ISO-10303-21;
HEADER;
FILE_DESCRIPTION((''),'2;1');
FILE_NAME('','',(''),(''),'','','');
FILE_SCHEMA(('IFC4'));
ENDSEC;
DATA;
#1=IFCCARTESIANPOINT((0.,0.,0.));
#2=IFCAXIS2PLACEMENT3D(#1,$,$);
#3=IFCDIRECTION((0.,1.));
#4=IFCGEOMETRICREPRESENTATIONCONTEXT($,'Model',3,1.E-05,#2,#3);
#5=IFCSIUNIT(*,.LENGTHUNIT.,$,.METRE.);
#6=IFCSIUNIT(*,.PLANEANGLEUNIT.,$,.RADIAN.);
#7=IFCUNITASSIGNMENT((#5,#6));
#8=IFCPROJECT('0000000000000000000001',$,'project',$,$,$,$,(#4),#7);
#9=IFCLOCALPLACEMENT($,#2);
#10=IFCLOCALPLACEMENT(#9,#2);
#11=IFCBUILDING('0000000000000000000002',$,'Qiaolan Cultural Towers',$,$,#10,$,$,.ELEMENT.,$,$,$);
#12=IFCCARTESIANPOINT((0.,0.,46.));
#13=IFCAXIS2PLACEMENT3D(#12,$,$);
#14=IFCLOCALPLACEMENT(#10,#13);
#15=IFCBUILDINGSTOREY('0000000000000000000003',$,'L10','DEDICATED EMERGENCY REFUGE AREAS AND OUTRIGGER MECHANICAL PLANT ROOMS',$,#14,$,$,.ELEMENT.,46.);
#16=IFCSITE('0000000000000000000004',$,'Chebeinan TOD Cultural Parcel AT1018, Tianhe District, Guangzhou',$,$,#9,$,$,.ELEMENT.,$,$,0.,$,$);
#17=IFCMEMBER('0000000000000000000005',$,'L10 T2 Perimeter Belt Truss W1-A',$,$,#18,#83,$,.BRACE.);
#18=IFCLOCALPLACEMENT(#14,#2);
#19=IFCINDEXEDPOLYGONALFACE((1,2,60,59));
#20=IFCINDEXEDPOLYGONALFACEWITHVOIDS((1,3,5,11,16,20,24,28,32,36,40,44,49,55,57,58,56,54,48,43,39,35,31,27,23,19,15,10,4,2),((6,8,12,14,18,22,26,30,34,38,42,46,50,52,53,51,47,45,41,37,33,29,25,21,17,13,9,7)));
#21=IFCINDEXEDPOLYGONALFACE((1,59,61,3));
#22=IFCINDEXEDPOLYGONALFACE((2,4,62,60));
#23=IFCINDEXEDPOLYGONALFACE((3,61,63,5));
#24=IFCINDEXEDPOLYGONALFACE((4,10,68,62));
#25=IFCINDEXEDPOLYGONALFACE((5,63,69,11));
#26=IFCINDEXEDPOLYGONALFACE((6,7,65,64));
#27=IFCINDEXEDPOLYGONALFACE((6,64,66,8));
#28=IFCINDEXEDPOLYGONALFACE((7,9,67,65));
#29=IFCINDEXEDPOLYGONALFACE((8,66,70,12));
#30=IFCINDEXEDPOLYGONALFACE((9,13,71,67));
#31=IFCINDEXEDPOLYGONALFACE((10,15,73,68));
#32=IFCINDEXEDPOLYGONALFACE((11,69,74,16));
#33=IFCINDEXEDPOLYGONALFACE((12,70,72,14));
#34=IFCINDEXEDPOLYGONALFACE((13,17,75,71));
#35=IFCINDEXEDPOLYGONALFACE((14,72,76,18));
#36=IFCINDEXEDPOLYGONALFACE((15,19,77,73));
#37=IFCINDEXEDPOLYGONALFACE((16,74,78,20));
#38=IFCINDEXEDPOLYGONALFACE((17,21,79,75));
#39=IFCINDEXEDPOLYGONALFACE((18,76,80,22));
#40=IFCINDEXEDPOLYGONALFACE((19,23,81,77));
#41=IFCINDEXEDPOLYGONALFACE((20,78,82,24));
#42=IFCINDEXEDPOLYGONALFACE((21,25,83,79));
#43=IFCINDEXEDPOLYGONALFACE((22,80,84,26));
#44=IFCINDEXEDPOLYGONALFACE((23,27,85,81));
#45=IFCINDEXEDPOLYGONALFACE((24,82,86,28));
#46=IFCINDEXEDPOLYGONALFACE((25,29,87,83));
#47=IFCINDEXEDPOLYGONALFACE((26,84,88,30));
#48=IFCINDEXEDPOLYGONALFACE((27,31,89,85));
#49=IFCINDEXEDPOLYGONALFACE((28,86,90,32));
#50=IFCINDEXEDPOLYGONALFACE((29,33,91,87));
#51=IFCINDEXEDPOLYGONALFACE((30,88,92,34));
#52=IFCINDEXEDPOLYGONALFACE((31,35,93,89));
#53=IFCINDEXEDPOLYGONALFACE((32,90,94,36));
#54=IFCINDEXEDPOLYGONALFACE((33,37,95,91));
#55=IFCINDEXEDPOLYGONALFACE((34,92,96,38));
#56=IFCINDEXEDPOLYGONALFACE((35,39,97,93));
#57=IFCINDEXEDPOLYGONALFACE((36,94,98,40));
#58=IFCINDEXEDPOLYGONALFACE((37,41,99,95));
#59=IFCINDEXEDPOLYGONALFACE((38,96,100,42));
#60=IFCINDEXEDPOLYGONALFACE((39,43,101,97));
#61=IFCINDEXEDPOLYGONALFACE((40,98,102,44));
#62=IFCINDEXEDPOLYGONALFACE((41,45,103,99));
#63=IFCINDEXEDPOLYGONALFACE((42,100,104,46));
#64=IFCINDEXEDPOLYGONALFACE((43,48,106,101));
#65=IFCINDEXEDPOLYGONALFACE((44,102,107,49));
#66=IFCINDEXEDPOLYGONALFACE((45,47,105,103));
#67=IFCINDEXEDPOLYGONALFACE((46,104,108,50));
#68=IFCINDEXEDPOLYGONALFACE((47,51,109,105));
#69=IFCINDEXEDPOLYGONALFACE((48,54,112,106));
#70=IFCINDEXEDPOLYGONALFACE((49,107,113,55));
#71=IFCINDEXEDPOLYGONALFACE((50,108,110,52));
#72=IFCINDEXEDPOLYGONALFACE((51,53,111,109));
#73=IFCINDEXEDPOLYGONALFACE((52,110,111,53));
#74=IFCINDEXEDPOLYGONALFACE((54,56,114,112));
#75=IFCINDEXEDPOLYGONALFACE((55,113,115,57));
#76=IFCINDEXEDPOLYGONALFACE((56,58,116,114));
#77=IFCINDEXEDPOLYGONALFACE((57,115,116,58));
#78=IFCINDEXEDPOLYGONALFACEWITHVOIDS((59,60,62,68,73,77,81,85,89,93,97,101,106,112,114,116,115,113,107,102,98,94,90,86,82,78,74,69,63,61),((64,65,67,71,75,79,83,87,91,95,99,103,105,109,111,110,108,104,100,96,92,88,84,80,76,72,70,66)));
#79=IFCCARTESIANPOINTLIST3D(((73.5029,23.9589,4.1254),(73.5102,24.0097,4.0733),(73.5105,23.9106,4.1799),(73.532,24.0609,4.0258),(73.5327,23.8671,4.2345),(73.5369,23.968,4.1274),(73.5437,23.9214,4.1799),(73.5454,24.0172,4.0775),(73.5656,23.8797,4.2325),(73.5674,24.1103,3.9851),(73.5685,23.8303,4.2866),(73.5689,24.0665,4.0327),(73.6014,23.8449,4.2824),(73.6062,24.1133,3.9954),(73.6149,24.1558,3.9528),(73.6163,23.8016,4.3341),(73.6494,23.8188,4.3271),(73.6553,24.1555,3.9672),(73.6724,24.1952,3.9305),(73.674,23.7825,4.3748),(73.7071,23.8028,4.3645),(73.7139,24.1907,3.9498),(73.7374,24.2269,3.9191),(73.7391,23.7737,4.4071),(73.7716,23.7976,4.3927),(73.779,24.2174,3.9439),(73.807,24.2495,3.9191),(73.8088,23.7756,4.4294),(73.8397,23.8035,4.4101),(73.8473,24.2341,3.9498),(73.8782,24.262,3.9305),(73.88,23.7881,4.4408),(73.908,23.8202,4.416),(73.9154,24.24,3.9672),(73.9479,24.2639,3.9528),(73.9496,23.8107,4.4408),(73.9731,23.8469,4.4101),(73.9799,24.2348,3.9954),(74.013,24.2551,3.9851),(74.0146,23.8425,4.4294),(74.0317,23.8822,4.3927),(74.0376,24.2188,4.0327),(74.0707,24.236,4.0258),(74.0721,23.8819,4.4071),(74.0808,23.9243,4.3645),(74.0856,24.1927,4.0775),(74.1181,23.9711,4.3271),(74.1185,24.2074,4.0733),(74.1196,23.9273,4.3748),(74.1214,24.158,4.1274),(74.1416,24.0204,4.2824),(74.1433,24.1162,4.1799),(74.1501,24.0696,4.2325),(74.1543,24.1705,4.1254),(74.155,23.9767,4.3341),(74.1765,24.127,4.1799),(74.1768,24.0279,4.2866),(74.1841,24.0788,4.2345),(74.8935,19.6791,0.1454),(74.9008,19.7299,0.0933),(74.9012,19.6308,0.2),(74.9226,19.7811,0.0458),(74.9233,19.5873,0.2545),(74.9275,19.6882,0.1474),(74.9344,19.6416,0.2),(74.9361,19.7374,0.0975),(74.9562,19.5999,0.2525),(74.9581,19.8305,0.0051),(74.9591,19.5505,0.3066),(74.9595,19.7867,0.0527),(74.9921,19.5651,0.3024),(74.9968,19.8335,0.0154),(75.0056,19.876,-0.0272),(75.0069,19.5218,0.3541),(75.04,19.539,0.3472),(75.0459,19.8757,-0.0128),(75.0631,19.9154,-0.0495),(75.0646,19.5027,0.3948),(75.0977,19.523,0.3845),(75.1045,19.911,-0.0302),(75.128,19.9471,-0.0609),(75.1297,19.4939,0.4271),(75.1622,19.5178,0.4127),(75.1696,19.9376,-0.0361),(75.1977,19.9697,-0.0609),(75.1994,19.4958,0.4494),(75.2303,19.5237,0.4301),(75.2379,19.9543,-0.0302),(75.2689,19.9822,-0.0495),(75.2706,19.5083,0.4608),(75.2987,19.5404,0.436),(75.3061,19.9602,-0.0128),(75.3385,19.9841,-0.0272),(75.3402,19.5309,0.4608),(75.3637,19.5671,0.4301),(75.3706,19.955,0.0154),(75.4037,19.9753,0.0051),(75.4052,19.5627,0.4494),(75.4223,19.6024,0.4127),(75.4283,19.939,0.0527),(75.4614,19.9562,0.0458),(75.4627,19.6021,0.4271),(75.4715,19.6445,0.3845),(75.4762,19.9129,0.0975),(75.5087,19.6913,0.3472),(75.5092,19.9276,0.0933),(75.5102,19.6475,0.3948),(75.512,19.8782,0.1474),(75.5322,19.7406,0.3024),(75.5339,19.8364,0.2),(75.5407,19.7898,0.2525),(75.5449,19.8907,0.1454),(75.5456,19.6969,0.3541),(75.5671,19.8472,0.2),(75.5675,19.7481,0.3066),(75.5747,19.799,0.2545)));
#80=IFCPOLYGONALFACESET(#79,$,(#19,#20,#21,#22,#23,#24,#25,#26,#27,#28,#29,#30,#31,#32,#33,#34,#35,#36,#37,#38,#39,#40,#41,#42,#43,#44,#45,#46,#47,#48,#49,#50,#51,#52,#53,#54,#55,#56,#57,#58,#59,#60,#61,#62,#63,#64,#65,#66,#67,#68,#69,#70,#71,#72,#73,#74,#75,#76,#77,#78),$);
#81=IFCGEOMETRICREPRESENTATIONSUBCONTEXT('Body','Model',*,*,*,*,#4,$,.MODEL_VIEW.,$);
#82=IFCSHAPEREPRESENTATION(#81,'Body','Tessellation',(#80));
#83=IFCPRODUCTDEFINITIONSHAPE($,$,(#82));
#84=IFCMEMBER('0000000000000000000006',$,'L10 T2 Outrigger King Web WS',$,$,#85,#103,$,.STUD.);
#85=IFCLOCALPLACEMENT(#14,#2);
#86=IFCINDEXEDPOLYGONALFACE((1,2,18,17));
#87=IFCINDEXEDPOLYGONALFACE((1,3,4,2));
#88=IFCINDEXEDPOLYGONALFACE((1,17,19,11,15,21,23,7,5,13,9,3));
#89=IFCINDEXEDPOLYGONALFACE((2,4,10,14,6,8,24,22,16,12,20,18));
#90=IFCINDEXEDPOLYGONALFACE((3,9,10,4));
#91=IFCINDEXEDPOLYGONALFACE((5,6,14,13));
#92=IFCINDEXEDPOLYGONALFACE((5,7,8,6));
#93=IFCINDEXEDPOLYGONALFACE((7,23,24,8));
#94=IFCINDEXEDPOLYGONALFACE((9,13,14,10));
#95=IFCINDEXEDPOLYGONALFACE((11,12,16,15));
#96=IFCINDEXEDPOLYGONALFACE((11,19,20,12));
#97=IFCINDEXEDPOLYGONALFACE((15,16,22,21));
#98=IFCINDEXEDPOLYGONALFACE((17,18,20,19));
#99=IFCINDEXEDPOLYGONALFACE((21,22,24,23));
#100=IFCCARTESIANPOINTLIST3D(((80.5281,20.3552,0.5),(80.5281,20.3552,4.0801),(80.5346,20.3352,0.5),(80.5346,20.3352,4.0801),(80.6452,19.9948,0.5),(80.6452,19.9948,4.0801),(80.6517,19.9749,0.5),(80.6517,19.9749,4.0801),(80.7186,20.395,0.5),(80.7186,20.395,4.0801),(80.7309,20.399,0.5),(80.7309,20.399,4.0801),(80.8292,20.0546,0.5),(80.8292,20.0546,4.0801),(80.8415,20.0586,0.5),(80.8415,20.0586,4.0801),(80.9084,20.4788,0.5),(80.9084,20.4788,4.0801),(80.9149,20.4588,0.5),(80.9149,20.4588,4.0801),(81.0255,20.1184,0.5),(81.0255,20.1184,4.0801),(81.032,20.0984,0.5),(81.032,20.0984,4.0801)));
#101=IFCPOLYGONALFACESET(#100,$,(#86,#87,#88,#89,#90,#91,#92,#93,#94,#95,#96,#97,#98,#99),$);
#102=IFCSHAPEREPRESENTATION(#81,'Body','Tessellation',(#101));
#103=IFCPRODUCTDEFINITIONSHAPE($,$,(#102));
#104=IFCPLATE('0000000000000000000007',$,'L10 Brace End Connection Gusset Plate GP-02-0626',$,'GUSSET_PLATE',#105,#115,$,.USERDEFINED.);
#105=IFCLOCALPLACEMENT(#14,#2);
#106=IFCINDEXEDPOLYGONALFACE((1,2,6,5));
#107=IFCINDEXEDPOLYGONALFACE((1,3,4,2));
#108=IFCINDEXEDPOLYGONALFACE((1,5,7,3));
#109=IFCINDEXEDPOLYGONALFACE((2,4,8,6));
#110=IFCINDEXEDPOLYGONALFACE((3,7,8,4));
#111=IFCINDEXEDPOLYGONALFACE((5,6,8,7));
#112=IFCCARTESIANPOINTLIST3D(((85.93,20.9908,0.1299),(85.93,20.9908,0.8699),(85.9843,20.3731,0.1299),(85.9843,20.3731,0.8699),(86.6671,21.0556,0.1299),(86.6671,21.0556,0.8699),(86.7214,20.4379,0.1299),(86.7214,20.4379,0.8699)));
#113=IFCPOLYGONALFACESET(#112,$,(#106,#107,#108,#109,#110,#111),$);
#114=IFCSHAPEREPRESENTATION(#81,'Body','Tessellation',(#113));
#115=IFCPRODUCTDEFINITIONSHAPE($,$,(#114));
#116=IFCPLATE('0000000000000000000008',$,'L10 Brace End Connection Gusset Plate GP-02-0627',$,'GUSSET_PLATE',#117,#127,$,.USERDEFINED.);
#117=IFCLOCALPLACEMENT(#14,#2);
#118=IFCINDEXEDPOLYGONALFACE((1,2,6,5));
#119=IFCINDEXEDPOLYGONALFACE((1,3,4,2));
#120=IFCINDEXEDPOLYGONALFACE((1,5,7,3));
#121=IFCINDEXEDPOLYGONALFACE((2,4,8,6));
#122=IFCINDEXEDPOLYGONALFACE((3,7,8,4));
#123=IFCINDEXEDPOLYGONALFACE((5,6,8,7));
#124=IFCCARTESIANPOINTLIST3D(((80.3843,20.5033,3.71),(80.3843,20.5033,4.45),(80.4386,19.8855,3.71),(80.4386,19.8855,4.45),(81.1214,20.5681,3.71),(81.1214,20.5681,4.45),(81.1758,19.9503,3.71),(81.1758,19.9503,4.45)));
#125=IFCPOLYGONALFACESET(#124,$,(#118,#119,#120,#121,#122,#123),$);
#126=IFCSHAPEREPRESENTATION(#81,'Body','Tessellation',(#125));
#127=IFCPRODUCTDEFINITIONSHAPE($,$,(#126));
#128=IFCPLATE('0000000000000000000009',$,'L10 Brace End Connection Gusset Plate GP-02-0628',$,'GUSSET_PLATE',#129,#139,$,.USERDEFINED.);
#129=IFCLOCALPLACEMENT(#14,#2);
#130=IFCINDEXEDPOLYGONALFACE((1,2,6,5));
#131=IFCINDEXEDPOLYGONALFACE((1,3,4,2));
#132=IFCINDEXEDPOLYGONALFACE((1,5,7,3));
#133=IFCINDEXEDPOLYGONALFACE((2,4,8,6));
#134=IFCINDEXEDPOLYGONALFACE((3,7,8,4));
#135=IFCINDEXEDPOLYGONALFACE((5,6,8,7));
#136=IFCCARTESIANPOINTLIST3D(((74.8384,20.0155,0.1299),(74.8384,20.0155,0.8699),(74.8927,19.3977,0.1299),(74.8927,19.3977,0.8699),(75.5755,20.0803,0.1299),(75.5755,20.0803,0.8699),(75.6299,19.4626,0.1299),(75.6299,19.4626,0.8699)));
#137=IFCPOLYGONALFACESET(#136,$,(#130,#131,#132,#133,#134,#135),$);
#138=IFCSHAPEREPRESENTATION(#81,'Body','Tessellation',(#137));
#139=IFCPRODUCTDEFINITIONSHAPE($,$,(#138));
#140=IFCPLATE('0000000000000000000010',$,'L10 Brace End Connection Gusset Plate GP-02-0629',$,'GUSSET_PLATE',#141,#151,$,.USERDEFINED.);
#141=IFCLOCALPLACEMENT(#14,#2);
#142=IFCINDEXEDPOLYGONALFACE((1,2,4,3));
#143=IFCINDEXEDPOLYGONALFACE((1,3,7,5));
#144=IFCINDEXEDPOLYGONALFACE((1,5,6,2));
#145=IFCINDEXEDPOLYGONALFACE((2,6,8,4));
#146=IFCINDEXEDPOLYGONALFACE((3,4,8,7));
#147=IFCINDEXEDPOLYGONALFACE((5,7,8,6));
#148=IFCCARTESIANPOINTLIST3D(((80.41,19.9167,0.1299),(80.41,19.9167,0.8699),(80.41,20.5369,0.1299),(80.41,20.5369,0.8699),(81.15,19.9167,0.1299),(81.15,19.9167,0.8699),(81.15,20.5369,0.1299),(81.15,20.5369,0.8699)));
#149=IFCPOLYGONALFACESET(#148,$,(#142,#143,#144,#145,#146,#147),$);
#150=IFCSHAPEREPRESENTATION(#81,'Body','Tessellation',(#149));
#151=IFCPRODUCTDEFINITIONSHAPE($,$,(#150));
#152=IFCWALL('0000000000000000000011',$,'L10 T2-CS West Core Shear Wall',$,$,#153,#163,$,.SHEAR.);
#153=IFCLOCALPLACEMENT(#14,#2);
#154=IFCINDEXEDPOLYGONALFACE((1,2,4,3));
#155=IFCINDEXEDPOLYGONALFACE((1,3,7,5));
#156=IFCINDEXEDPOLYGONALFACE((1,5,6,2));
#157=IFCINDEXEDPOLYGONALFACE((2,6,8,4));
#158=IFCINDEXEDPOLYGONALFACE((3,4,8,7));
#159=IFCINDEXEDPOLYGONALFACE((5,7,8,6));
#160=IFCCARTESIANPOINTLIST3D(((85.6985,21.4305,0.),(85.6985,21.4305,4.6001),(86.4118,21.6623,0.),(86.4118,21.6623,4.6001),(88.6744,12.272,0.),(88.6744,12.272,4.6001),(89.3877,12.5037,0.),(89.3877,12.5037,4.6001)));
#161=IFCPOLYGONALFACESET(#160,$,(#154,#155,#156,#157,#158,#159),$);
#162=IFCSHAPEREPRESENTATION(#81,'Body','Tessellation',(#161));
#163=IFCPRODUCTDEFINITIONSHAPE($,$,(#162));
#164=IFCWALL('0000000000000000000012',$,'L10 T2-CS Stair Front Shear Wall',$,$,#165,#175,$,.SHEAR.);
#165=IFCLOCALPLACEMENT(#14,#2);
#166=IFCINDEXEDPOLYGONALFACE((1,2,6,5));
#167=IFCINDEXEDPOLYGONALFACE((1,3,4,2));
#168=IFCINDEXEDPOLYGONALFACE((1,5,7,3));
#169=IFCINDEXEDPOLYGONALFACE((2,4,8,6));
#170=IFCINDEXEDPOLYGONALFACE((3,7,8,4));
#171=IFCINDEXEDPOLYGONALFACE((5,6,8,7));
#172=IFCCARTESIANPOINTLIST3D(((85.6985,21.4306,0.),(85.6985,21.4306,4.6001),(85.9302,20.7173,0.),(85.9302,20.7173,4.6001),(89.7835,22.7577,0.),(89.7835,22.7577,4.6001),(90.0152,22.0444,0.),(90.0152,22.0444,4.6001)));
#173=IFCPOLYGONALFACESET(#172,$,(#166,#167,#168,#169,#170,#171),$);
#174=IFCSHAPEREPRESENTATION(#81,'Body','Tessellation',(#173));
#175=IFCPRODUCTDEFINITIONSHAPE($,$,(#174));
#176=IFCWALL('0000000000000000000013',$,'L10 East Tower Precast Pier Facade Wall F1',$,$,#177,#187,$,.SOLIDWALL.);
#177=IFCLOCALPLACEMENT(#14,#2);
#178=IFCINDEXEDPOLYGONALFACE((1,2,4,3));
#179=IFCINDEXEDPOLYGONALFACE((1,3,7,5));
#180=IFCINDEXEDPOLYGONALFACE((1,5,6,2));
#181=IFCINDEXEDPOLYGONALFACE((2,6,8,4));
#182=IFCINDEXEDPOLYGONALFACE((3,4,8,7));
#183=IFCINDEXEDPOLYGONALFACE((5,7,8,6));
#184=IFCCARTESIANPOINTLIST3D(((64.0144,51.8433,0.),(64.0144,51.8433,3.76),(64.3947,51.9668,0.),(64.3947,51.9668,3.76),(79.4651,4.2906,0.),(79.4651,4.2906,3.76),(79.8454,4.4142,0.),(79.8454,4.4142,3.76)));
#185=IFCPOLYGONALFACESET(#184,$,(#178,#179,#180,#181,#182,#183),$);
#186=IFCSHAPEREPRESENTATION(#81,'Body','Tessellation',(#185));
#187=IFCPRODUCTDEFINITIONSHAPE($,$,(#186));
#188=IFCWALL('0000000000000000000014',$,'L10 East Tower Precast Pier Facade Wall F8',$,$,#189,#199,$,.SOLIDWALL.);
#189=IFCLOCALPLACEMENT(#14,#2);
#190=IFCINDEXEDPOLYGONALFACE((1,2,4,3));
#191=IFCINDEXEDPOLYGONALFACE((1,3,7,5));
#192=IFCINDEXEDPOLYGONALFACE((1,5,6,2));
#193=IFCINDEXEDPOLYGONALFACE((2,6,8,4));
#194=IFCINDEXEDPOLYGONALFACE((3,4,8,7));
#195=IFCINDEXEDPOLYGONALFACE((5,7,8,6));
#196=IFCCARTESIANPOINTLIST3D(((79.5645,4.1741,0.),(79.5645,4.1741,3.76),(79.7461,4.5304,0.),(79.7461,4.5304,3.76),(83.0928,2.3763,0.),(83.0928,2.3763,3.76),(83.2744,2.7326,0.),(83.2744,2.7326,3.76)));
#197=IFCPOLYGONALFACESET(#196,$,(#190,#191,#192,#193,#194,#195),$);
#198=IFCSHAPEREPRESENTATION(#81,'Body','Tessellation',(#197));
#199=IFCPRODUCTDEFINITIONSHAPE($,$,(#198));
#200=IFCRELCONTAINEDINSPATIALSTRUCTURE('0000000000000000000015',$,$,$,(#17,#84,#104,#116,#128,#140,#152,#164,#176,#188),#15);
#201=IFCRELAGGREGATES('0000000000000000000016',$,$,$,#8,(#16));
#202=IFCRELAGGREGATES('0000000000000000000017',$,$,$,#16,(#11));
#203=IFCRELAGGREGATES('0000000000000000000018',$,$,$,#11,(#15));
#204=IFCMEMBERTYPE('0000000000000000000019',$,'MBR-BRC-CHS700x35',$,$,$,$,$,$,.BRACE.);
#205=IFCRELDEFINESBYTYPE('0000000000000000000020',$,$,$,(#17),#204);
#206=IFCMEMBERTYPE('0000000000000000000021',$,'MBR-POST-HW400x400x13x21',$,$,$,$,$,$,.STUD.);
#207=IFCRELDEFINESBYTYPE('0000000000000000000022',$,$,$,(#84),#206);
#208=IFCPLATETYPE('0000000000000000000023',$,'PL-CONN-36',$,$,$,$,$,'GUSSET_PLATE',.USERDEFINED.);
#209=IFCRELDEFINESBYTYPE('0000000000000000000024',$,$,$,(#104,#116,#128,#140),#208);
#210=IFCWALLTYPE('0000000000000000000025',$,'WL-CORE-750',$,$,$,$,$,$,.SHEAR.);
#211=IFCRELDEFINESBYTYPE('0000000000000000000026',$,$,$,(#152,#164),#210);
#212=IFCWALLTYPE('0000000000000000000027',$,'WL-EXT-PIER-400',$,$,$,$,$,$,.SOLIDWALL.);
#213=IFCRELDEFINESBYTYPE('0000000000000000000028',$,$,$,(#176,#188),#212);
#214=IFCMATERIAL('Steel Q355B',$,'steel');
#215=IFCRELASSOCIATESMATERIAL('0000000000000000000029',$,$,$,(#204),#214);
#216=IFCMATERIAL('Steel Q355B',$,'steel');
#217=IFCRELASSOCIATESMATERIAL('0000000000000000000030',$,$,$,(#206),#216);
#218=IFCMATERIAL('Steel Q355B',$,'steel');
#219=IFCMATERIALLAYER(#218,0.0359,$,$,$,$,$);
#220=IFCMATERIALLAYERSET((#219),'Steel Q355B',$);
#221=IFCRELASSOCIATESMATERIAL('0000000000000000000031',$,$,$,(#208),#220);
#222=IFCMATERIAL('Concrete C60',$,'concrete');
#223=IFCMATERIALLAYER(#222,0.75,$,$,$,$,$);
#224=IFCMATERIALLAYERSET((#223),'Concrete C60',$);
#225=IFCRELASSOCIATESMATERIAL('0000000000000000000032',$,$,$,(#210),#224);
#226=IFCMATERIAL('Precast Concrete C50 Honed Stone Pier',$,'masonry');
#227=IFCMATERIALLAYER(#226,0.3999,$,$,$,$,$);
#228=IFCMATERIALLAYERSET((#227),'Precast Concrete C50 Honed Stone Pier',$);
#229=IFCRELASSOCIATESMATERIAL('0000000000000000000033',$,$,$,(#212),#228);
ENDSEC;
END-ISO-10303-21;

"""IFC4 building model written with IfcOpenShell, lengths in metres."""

from ifc_helpers import new_model, si_unit, direction, frame, frame_2d, origin, origin_2d, place, context, subcontext, project, spatial, rectangle, hollow_circle, i_section, extrude, material, layer, layer_set, material_profile, profile_set, type_object, element, save


model = new_model("IFC4")

# Units and contexts
model_context = context("Model", 3, precision=1e-05, world=origin(), true_north=direction((0.0, 1.0)))
body_context = subcontext(model_context, "Body", "Model", "MODEL_VIEW")
ifc_project = project(units=[si_unit("LENGTHUNIT", "METRE"), si_unit("PLANEANGLEUNIT", "RADIAN")], contexts=[model_context])

# Site, building, storey
site_placement = place(None, origin())
site = spatial("IfcSite", under=ifc_project, at=site_placement, Name="Chebeinan TOD Cultural Parcel AT1018, Tianhe District, Guangzhou", CompositionType="ELEMENT", RefElevation=0.0)
building_placement = place(site_placement, origin())
building = spatial("IfcBuilding", under=site, at=building_placement, Name="Qiaolan Cultural Towers", CompositionType="ELEMENT")
storey_placement = place(building_placement, frame((0.0, 0.0, 46.0)))
storey = spatial("IfcBuildingStorey", under=building, at=storey_placement, Name="L10", Description="DEDICATED EMERGENCY REFUGE AREAS AND OUTRIGGER MECHANICAL PLANT ROOMS", CompositionType="ELEMENT", Elevation=46.0)

# Members
ifc_material_1 = material(Name="Steel Q355B", Category="steel")
ifc_material_profile_1 = material_profile(ifc_material_1, hollow_circle(Radius=0.3501, WallThickness=0.0349, at=origin_2d()), Name="CHS700x35")
ifc_profile_set_1 = profile_set([ifc_material_profile_1], Name="Steel Q355B")
member_type_1 = type_object("IfcMemberType", Name="MBR-BRC-CHS700x35", PredefinedType="BRACE", material=ifc_profile_set_1)
member_1_placement = place(storey_placement, frame((75.2341, 19.739, 0.2), z_axis=(-0.23148, 0.712401, 0.662497), x_axis=(-0.951054, -0.309025, 0.0)))
element("IfcMember", 1, at=member_1_placement, inside=storey, type_object=member_type_1, Name="L10 T2 Perimeter Belt Truss W1-A", PredefinedType="BRACE", context=body_context, shape_type="SweptSolid", body=[
    extrude(hollow_circle(Radius=0.3501, WallThickness=0.0349, at=origin_2d()), origin(), (0.0, 0.0, 1.0), 6.0076),
])
ifc_material_2 = material(Name="Steel Q355B", Category="steel")
ifc_material_profile_2 = material_profile(ifc_material_2, i_section(OverallWidth=0.3999, OverallDepth=0.3999, WebThickness=0.0129, FlangeThickness=0.021, at=origin_2d()), Name="HW400x400x13x21")
ifc_profile_set_2 = profile_set([ifc_material_profile_2], Name="Steel Q355B")
member_type_2 = type_object("IfcMemberType", Name="MBR-POST-HW400x400x13x21", PredefinedType="STUD", material=ifc_profile_set_2)
member_2_placement = place(storey_placement, frame((80.78, 20.2268, 0.5), z_axis=(0.0, 0.0, 1.0), x_axis=(0.951057, 0.309017, 0.0)))
element("IfcMember", 2, at=member_2_placement, inside=storey, type_object=member_type_2, Name="L10 T2 Outrigger King Web WS", PredefinedType="STUD", context=body_context, shape_type="SweptSolid", body=[
    extrude(i_section(OverallWidth=0.3999, OverallDepth=0.3999, WebThickness=0.0129, FlangeThickness=0.021, at=origin_2d()), origin(), (0.0, 0.0, 1.0), 3.5801),
])

# Plates
ifc_material_3 = material(Name="Steel Q355B", Category="steel")
ifc_layer_1 = layer(ifc_material_3, 0.0359)
ifc_layer_set_1 = layer_set([ifc_layer_1], Name="Steel Q355B")
plate_type = type_object("IfcPlateType", Name="PL-CONN-36", ElementType="GUSSET_PLATE", PredefinedType="USERDEFINED", material=ifc_layer_set_1)
for number, where, z_axis, x_axis, name in (
    (3, (86.3257, 20.7144, 0.1299), (0.0, 0.0, 1.0), (0.996157, 0.087585, 0.0), "L10 Brace End Connection Gusset Plate GP-02-0626"),
    (4, (80.78, 20.2268, 3.71), (0.0, 0.0, 1.0), (0.996157, 0.087585, 0.0), "L10 Brace End Connection Gusset Plate GP-02-0627"),
    (5, (75.2341, 19.739, 0.1299), (0.0, 0.0, 1.0), (0.996157, 0.087585, 0.0), "L10 Brace End Connection Gusset Plate GP-02-0628"),
    (6, (80.78, 20.2268, 0.1299), (0.0, 0.0, 1.0), (1.0, 0.0, 0.0), "L10 Brace End Connection Gusset Plate GP-02-0629"),
):
    element("IfcPlate", number, at=place(storey_placement, frame(where, z_axis=z_axis, x_axis=x_axis)), inside=storey, type_object=plate_type, Name=name, ObjectType="GUSSET_PLATE", PredefinedType="USERDEFINED", context=body_context, shape_type="SweptSolid", body=[
        extrude(rectangle(XDim=0.74, YDim=0.6201, at=origin_2d()), origin(), (0.0, 0.0, 1.0), 0.74),
    ])

# Walls
ifc_material_4 = material(Name="Concrete C60", Category="concrete")
ifc_layer_2 = layer(ifc_material_4, 0.75)
ifc_layer_set_2 = layer_set([ifc_layer_2], Name="Concrete C60")
wall_type_1 = type_object("IfcWallType", Name="WL-CORE-750", PredefinedType="SHEAR", material=ifc_layer_set_2)
wall_1_placement = place(storey_placement, frame((86.0552, 21.5464, 0.0), z_axis=(0.0, 0.0, 1.0), x_axis=(0.309024, -0.951054, 0.0)))
element("IfcWall", 7, at=wall_1_placement, inside=storey, type_object=wall_type_1, Name="L10 T2-CS West Core Shear Wall", PredefinedType="SHEAR", context=body_context, shape_type="SweptSolid", body=[
    extrude(rectangle(XDim=9.6299, YDim=0.75, at=frame_2d((4.8149, 0.0))), origin(), (0.0, 0.0, 1.0), 4.6001),
])
wall_2_placement = place(storey_placement, frame((85.8145, 21.074, 0.0), z_axis=(0.0, 0.0, 1.0), x_axis=(0.951066, 0.308988, 0.0)))
element("IfcWall", 8, at=wall_2_placement, inside=storey, type_object=wall_type_1, Name="L10 T2-CS Stair Front Shear Wall", PredefinedType="SHEAR", context=body_context, shape_type="SweptSolid", body=[
    extrude(rectangle(XDim=4.2952, YDim=0.75, at=frame_2d((2.1475, 0.0))), origin(), (0.0, 0.0, 1.0), 4.6001),
])
ifc_material_5 = material(Name="Precast Concrete C50 Honed Stone Pier", Category="masonry")
ifc_layer_3 = layer(ifc_material_5, 0.3999)
ifc_layer_set_3 = layer_set([ifc_layer_3], Name="Precast Concrete C50 Honed Stone Pier")
wall_type_2 = type_object("IfcWallType", Name="WL-EXT-PIER-400", PredefinedType="SOLIDWALL", material=ifc_layer_set_3)
wall_3_placement = place(storey_placement, frame((79.6553, 4.3523, 0.0), z_axis=(0.0, 0.0, 1.0), x_axis=(-0.309015, 0.951057, 0.0)))
element("IfcWall", 9, at=wall_3_placement, inside=storey, type_object=wall_type_2, Name="L10 East Tower Precast Pier Facade Wall F1", PredefinedType="SOLIDWALL", context=body_context, shape_type="SweptSolid", body=[
    extrude(rectangle(XDim=49.9998, YDim=0.3999, at=frame_2d((25.0, 0.0))), origin(), (0.0, 0.0, 1.0), 3.76),
])
wall_4_placement = place(storey_placement, frame((83.1836, 2.5544, 0.0), z_axis=(0.0, 0.0, 1.0), x_axis=(-0.890998, 0.454007, 0.0)))
element("IfcWall", 10, at=wall_4_placement, inside=storey, type_object=wall_type_2, Name="L10 East Tower Precast Pier Facade Wall F8", PredefinedType="SOLIDWALL", context=body_context, shape_type="SweptSolid", body=[
    extrude(rectangle(XDim=3.96, YDim=0.3999, at=frame_2d((1.98, 0.0))), origin(), (0.0, 0.0, 1.0), 3.76),
])

save(model, "model.ifc")
